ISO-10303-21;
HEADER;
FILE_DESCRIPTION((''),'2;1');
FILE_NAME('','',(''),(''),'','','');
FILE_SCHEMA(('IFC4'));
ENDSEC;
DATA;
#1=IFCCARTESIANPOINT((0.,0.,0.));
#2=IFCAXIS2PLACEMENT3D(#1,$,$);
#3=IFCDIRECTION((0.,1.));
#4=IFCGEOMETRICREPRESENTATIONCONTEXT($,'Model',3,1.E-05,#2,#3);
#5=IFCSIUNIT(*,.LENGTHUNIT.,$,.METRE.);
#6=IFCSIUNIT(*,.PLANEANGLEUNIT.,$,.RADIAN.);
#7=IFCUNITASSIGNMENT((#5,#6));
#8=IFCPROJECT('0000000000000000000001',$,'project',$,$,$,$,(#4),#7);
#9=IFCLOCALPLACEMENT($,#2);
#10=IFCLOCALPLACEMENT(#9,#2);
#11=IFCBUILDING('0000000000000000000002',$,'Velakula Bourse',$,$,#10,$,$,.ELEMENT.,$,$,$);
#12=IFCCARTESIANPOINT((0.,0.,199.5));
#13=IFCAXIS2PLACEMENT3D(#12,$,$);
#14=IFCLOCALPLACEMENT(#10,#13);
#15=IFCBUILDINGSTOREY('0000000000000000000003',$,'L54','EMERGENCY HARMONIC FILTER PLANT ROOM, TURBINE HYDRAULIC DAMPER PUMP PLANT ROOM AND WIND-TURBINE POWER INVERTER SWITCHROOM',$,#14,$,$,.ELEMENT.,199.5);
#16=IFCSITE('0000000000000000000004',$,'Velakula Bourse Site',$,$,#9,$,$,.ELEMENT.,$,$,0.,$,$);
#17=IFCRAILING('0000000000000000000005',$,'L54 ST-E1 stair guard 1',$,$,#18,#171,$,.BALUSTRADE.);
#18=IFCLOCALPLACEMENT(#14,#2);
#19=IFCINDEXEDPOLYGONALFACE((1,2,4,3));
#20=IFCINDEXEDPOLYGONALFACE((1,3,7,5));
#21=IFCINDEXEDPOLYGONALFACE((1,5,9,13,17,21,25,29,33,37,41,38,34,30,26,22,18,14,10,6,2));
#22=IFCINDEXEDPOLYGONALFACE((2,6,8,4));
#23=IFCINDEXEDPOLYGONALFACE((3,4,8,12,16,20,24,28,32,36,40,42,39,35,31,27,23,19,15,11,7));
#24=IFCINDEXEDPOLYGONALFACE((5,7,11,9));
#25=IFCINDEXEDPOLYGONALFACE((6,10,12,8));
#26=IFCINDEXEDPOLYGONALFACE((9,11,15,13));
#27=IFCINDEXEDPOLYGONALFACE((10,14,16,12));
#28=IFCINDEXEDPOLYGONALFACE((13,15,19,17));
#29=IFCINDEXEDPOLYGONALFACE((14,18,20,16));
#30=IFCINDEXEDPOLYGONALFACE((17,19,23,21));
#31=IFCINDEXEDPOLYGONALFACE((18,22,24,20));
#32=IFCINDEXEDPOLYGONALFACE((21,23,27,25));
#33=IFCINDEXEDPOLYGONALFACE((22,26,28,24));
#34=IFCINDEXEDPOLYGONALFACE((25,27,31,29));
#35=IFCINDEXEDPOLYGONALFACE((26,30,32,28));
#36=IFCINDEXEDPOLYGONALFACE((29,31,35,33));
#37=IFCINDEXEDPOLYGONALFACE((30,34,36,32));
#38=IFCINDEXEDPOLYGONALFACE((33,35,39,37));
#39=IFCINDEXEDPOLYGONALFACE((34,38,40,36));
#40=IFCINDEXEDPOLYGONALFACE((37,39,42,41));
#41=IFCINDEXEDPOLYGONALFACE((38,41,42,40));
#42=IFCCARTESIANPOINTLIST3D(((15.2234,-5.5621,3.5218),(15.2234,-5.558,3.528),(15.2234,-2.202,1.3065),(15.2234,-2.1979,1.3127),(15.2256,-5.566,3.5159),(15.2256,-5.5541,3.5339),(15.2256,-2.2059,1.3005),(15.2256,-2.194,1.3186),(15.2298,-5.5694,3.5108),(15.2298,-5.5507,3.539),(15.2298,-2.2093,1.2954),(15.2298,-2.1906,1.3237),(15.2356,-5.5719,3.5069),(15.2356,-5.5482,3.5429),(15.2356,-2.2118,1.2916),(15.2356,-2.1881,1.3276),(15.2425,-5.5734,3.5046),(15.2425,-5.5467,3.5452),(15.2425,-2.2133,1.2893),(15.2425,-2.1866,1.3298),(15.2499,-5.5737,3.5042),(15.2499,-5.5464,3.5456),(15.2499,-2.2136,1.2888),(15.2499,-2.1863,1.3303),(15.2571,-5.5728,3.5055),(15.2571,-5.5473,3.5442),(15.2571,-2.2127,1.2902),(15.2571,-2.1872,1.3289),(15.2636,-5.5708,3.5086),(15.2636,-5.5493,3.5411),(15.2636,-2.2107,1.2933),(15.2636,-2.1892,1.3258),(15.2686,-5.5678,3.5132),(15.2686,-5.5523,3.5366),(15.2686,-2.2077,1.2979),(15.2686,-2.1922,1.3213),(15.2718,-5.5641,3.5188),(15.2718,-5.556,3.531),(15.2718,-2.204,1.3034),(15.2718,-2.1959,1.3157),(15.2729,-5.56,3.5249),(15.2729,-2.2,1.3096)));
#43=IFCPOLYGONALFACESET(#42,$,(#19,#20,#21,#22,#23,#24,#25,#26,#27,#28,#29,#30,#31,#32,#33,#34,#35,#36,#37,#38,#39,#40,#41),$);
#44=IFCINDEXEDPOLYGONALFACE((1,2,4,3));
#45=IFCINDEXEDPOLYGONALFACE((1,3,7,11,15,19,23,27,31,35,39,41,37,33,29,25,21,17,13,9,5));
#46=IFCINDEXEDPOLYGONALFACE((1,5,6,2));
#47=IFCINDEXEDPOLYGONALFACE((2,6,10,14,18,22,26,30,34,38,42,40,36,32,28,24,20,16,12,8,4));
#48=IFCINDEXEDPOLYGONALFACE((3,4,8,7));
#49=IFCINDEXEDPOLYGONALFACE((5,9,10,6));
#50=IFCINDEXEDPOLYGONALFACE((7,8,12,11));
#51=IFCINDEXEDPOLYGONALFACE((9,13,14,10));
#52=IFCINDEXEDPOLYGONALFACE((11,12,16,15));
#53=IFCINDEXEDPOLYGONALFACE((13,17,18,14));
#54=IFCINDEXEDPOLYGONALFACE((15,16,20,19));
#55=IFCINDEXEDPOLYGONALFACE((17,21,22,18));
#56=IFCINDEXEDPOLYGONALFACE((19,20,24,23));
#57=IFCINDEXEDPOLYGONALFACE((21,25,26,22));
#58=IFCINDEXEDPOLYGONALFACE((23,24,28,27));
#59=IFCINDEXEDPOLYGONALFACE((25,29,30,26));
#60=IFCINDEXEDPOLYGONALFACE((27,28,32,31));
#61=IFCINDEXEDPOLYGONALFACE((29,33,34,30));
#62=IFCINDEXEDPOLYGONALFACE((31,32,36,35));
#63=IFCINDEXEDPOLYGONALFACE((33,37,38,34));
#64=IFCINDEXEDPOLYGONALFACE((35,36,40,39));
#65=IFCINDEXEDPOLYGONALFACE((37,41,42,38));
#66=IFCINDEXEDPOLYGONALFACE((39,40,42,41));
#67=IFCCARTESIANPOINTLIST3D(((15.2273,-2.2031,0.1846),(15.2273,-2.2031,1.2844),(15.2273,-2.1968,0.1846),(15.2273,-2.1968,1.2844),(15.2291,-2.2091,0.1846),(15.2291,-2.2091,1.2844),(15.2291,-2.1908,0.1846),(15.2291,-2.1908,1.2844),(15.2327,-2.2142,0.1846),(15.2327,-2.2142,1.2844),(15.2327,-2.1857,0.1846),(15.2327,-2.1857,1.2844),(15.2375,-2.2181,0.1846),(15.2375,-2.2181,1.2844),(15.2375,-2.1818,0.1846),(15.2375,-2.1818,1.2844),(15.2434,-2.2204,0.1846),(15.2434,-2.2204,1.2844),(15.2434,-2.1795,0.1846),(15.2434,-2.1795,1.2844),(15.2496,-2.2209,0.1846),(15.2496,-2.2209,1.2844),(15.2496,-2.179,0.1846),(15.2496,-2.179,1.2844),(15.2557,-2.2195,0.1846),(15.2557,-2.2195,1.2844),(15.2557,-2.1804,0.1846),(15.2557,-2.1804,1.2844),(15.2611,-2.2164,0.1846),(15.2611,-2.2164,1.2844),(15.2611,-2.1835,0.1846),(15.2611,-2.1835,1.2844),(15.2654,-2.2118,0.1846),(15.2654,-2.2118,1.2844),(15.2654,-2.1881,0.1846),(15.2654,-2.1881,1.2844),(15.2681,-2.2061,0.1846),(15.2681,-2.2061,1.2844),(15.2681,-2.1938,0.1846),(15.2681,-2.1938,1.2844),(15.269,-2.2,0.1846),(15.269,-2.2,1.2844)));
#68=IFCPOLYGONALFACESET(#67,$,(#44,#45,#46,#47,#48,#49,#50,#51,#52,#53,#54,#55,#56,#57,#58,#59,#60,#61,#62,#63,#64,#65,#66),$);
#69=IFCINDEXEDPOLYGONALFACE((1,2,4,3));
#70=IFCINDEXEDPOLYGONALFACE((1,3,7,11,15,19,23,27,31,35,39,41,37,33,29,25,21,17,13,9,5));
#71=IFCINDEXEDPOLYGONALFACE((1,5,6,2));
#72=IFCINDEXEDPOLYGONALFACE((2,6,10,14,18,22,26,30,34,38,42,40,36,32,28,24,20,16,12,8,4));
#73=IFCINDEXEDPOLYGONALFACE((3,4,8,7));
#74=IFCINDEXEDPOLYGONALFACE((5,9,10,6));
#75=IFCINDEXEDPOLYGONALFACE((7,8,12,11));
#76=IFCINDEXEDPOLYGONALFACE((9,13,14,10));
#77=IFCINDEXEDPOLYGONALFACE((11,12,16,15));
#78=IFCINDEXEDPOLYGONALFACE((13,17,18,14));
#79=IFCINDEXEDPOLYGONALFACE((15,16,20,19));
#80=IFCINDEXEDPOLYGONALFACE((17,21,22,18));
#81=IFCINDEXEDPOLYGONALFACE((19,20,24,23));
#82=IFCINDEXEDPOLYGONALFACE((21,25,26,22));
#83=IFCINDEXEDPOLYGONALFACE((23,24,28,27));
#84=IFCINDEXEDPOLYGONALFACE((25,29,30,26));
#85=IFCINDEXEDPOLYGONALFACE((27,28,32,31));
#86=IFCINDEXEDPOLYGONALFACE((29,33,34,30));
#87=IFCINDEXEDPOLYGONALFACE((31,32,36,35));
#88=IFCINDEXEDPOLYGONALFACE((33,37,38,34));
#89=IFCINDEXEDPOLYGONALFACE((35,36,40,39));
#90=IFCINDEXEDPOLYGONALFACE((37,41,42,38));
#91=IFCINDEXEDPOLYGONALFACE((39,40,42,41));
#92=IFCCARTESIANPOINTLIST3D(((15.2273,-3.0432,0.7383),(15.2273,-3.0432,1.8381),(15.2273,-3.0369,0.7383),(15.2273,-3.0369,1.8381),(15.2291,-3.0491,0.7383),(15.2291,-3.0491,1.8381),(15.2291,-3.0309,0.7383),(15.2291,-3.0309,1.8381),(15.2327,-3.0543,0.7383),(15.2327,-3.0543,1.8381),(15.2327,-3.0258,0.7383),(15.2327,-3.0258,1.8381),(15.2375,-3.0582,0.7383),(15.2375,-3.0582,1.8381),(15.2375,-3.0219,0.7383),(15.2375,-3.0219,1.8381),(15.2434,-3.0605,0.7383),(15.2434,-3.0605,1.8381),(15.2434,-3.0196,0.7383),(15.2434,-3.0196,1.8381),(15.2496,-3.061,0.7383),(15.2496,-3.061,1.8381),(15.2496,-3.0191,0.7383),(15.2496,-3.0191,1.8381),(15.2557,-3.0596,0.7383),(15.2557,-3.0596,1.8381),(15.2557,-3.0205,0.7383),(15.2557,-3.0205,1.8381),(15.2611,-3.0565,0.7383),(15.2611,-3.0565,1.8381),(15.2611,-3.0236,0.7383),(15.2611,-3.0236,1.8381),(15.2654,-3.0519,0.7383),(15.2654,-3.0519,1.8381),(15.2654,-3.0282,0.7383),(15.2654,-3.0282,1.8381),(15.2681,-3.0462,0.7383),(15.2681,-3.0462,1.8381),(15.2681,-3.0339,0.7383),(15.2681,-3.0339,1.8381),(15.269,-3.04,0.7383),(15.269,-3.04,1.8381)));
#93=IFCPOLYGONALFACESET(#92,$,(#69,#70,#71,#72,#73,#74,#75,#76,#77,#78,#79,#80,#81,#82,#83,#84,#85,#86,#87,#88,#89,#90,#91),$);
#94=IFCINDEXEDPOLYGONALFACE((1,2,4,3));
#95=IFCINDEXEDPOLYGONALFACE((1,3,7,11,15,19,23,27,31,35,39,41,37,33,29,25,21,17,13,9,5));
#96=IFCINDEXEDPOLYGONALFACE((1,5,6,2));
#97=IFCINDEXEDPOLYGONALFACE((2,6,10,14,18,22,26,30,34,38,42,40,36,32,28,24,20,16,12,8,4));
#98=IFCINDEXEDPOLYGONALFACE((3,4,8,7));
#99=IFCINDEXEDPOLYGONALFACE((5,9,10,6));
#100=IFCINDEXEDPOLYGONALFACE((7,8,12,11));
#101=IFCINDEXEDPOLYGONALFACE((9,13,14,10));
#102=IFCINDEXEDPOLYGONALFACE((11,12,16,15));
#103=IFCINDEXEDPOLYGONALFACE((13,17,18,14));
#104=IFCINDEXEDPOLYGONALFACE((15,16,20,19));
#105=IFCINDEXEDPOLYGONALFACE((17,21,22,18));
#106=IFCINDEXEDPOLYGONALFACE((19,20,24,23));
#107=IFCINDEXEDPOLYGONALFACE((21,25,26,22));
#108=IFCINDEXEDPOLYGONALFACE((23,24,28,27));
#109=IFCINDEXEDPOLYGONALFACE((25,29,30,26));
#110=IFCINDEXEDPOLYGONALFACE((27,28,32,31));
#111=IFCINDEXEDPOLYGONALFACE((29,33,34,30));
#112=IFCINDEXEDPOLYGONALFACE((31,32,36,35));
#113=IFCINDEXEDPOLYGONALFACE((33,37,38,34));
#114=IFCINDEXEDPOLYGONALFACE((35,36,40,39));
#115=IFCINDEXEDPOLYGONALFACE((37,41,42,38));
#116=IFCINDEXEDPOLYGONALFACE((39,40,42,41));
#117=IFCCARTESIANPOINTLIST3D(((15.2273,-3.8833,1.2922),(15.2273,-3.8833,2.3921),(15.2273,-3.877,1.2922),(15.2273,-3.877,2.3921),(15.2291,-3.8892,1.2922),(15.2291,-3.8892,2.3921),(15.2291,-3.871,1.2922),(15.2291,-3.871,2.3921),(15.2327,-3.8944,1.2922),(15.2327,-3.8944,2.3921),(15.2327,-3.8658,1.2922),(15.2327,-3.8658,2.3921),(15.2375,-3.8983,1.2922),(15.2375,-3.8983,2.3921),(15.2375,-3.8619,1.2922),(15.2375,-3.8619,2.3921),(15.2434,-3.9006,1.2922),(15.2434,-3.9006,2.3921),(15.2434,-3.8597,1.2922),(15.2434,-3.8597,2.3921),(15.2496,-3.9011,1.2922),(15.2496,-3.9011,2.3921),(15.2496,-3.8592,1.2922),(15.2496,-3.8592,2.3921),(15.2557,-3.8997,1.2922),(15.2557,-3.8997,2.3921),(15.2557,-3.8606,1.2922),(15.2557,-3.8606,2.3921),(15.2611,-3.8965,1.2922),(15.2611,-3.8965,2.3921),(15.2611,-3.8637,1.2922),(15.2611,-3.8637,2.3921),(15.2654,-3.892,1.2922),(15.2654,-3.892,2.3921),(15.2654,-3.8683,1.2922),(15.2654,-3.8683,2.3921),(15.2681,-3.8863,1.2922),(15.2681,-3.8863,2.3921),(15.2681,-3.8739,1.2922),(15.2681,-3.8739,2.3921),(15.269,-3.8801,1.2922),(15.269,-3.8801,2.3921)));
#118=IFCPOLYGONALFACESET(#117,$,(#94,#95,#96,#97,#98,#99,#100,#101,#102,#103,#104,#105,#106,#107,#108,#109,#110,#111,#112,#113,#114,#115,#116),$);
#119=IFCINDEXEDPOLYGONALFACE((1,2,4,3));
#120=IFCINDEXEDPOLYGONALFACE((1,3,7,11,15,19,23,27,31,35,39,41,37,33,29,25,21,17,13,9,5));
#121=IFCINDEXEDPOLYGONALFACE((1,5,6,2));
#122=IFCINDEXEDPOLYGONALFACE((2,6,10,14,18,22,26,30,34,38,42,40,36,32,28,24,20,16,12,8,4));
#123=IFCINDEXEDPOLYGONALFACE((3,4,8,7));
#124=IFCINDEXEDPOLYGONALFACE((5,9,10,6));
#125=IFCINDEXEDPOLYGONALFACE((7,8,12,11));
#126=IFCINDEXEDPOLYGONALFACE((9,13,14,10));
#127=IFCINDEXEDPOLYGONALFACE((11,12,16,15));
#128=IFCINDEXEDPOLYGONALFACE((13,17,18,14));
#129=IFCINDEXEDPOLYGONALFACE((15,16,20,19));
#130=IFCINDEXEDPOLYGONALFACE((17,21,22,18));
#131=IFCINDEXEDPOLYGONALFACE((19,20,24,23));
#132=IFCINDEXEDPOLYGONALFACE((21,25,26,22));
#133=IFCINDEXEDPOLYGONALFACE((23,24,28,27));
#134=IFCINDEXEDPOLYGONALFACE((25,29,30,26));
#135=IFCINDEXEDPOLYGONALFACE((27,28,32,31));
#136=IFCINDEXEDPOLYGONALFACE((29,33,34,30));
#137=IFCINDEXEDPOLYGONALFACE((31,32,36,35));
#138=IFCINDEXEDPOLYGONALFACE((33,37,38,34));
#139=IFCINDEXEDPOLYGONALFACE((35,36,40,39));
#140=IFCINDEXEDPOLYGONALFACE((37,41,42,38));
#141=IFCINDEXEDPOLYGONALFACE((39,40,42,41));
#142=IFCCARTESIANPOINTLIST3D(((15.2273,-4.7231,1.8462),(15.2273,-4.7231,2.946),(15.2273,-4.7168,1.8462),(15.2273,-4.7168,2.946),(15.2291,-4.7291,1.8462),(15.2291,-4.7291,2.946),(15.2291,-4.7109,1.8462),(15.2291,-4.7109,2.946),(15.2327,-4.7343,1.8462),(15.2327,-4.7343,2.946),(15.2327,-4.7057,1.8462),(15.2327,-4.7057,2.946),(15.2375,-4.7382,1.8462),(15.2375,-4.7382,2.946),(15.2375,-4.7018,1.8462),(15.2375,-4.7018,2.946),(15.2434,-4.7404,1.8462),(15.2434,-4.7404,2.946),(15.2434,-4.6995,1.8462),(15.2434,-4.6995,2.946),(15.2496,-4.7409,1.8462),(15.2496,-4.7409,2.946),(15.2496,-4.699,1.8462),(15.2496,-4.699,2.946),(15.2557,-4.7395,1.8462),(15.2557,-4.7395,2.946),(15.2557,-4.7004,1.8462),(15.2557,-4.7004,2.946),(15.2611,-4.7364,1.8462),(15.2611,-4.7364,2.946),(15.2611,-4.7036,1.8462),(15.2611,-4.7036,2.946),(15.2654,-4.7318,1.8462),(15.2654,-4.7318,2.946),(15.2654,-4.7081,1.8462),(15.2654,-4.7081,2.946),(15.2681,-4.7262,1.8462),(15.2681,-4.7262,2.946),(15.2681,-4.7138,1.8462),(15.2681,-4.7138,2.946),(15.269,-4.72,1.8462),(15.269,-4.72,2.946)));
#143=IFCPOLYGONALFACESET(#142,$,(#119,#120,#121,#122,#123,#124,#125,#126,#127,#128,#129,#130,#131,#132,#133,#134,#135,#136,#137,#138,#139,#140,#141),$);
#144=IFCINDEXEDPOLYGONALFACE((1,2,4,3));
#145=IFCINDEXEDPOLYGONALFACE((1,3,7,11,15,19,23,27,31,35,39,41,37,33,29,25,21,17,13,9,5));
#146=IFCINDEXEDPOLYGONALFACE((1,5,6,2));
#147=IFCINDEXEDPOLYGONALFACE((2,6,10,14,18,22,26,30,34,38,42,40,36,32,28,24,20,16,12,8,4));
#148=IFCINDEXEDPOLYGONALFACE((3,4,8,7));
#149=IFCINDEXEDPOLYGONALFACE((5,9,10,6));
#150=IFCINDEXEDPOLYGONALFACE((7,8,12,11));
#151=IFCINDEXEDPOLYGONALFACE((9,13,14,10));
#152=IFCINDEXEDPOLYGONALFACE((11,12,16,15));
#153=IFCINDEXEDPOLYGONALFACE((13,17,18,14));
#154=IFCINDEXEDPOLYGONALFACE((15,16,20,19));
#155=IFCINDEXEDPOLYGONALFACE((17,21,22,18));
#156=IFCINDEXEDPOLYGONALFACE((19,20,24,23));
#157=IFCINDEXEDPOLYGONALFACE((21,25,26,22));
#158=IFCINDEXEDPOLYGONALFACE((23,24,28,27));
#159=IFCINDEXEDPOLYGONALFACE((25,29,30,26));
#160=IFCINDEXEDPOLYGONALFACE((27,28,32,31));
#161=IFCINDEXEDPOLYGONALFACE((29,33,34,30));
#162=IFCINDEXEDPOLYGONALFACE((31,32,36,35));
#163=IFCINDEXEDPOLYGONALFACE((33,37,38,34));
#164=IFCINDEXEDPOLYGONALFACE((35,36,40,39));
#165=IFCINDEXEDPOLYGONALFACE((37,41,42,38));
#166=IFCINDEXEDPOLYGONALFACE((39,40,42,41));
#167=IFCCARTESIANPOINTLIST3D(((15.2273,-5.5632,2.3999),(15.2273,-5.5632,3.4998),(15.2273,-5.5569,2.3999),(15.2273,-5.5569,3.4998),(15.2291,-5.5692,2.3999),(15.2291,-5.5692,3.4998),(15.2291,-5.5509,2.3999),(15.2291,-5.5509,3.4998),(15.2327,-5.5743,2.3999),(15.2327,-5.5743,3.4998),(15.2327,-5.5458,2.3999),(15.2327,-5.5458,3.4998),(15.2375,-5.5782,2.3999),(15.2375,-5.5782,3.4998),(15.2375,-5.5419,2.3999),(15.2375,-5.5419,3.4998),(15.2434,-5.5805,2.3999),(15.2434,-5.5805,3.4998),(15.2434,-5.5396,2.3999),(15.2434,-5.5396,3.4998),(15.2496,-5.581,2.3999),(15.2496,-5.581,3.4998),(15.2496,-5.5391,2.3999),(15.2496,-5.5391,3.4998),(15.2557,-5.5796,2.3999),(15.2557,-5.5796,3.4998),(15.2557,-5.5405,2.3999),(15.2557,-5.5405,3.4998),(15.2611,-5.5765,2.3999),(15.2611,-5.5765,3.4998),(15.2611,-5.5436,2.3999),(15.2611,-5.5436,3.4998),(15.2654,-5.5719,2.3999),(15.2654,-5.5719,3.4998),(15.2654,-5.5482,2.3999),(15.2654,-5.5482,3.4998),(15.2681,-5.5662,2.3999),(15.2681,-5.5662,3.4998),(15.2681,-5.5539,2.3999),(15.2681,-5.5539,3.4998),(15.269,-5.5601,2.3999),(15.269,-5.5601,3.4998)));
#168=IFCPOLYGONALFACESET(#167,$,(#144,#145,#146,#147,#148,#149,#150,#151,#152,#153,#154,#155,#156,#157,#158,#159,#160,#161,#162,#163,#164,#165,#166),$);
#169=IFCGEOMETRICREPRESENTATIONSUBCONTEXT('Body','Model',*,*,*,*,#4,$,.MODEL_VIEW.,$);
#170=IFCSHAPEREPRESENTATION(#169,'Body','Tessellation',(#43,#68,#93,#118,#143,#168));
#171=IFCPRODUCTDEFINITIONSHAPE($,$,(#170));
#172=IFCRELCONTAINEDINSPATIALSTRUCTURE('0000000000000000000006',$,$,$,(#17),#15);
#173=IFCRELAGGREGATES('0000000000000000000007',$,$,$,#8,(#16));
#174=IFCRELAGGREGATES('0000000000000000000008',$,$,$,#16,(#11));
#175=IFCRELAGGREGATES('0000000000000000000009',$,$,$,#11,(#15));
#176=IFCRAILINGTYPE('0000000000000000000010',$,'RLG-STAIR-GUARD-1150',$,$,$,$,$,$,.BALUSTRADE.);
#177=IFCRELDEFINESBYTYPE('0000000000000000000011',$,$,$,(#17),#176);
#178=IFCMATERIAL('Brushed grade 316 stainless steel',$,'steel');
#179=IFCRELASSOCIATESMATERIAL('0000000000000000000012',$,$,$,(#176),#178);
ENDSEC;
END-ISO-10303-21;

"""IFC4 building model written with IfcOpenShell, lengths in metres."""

from ifc_helpers import new_model, si_unit, direction, frame, origin, origin_2d, place, context, subcontext, project, spatial, circle, extrude, material, type_object, element, save


model = new_model("IFC4")

# Units and contexts
model_context = context("Model", 3, precision=1e-05, world=origin(), true_north=direction((0.0, 1.0)))
body_context = subcontext(model_context, "Body", "Model", "MODEL_VIEW")
ifc_project = project(units=[si_unit("LENGTHUNIT", "METRE"), si_unit("PLANEANGLEUNIT", "RADIAN")], contexts=[model_context])

# Site, building, storey
site_placement = place(None, origin())
site = spatial("IfcSite", under=ifc_project, at=site_placement, Name="Velakula Bourse Site", CompositionType="ELEMENT", RefElevation=0.0)
building_placement = place(site_placement, origin())
building = spatial("IfcBuilding", under=site, at=building_placement, Name="Velakula Bourse", CompositionType="ELEMENT")
storey_placement = place(building_placement, frame((0.0, 0.0, 199.5)))
storey = spatial("IfcBuildingStorey", under=building, at=storey_placement, Name="L54", Description="EMERGENCY HARMONIC FILTER PLANT ROOM, TURBINE HYDRAULIC DAMPER PUMP PLANT ROOM AND WIND-TURBINE POWER INVERTER SWITCHROOM", CompositionType="ELEMENT", Elevation=199.5)

# Shared definitions
ifc_material_1 = material(Name="Brushed grade 316 stainless steel", Category="steel")

# Railing
railing_type_1 = type_object("IfcRailingType", Name="RLG-STAIR-GUARD-1150", PredefinedType="BALUSTRADE", material=ifc_material_1)
railing_1_placement = place(storey_placement, frame((15.248, -2.2, 0.1846)))
element("IfcRailing", 1, at=railing_1_placement, inside=storey, type_object=railing_type_1, Name="L54 ST-E1 stair guard 1", PredefinedType="BALUSTRADE", context=body_context, shape_type="SweptSolid", body=[
    extrude(circle(Radius=0.0249, at=origin_2d()), frame((0.0, 0.0, 1.125), z_axis=(0.0, -0.834876, 0.550437), x_axis=(1.0, 0.0, 0.0)), (0.0, 0.0, 1.0), 4.0247),
    extrude(circle(Radius=0.021, at=origin_2d()), origin(), (0.0, 0.0, 1.0), 1.0999),
    extrude(circle(Radius=0.021, at=origin_2d()), frame((0.0, -0.8401, 0.5537)), (0.0, 0.0, 1.0), 1.0999),
    extrude(circle(Radius=0.021, at=origin_2d()), frame((0.0, -1.6802, 1.1077)), (0.0, 0.0, 1.0), 1.0999),
    extrude(circle(Radius=0.021, at=origin_2d()), frame((0.0, -2.52, 1.6616)), (0.0, 0.0, 1.0), 1.0999),
    extrude(circle(Radius=0.021, at=origin_2d()), frame((0.0, -3.3601, 2.2153)), (0.0, 0.0, 1.0), 1.0999),
])

save(model, "model.ifc")
